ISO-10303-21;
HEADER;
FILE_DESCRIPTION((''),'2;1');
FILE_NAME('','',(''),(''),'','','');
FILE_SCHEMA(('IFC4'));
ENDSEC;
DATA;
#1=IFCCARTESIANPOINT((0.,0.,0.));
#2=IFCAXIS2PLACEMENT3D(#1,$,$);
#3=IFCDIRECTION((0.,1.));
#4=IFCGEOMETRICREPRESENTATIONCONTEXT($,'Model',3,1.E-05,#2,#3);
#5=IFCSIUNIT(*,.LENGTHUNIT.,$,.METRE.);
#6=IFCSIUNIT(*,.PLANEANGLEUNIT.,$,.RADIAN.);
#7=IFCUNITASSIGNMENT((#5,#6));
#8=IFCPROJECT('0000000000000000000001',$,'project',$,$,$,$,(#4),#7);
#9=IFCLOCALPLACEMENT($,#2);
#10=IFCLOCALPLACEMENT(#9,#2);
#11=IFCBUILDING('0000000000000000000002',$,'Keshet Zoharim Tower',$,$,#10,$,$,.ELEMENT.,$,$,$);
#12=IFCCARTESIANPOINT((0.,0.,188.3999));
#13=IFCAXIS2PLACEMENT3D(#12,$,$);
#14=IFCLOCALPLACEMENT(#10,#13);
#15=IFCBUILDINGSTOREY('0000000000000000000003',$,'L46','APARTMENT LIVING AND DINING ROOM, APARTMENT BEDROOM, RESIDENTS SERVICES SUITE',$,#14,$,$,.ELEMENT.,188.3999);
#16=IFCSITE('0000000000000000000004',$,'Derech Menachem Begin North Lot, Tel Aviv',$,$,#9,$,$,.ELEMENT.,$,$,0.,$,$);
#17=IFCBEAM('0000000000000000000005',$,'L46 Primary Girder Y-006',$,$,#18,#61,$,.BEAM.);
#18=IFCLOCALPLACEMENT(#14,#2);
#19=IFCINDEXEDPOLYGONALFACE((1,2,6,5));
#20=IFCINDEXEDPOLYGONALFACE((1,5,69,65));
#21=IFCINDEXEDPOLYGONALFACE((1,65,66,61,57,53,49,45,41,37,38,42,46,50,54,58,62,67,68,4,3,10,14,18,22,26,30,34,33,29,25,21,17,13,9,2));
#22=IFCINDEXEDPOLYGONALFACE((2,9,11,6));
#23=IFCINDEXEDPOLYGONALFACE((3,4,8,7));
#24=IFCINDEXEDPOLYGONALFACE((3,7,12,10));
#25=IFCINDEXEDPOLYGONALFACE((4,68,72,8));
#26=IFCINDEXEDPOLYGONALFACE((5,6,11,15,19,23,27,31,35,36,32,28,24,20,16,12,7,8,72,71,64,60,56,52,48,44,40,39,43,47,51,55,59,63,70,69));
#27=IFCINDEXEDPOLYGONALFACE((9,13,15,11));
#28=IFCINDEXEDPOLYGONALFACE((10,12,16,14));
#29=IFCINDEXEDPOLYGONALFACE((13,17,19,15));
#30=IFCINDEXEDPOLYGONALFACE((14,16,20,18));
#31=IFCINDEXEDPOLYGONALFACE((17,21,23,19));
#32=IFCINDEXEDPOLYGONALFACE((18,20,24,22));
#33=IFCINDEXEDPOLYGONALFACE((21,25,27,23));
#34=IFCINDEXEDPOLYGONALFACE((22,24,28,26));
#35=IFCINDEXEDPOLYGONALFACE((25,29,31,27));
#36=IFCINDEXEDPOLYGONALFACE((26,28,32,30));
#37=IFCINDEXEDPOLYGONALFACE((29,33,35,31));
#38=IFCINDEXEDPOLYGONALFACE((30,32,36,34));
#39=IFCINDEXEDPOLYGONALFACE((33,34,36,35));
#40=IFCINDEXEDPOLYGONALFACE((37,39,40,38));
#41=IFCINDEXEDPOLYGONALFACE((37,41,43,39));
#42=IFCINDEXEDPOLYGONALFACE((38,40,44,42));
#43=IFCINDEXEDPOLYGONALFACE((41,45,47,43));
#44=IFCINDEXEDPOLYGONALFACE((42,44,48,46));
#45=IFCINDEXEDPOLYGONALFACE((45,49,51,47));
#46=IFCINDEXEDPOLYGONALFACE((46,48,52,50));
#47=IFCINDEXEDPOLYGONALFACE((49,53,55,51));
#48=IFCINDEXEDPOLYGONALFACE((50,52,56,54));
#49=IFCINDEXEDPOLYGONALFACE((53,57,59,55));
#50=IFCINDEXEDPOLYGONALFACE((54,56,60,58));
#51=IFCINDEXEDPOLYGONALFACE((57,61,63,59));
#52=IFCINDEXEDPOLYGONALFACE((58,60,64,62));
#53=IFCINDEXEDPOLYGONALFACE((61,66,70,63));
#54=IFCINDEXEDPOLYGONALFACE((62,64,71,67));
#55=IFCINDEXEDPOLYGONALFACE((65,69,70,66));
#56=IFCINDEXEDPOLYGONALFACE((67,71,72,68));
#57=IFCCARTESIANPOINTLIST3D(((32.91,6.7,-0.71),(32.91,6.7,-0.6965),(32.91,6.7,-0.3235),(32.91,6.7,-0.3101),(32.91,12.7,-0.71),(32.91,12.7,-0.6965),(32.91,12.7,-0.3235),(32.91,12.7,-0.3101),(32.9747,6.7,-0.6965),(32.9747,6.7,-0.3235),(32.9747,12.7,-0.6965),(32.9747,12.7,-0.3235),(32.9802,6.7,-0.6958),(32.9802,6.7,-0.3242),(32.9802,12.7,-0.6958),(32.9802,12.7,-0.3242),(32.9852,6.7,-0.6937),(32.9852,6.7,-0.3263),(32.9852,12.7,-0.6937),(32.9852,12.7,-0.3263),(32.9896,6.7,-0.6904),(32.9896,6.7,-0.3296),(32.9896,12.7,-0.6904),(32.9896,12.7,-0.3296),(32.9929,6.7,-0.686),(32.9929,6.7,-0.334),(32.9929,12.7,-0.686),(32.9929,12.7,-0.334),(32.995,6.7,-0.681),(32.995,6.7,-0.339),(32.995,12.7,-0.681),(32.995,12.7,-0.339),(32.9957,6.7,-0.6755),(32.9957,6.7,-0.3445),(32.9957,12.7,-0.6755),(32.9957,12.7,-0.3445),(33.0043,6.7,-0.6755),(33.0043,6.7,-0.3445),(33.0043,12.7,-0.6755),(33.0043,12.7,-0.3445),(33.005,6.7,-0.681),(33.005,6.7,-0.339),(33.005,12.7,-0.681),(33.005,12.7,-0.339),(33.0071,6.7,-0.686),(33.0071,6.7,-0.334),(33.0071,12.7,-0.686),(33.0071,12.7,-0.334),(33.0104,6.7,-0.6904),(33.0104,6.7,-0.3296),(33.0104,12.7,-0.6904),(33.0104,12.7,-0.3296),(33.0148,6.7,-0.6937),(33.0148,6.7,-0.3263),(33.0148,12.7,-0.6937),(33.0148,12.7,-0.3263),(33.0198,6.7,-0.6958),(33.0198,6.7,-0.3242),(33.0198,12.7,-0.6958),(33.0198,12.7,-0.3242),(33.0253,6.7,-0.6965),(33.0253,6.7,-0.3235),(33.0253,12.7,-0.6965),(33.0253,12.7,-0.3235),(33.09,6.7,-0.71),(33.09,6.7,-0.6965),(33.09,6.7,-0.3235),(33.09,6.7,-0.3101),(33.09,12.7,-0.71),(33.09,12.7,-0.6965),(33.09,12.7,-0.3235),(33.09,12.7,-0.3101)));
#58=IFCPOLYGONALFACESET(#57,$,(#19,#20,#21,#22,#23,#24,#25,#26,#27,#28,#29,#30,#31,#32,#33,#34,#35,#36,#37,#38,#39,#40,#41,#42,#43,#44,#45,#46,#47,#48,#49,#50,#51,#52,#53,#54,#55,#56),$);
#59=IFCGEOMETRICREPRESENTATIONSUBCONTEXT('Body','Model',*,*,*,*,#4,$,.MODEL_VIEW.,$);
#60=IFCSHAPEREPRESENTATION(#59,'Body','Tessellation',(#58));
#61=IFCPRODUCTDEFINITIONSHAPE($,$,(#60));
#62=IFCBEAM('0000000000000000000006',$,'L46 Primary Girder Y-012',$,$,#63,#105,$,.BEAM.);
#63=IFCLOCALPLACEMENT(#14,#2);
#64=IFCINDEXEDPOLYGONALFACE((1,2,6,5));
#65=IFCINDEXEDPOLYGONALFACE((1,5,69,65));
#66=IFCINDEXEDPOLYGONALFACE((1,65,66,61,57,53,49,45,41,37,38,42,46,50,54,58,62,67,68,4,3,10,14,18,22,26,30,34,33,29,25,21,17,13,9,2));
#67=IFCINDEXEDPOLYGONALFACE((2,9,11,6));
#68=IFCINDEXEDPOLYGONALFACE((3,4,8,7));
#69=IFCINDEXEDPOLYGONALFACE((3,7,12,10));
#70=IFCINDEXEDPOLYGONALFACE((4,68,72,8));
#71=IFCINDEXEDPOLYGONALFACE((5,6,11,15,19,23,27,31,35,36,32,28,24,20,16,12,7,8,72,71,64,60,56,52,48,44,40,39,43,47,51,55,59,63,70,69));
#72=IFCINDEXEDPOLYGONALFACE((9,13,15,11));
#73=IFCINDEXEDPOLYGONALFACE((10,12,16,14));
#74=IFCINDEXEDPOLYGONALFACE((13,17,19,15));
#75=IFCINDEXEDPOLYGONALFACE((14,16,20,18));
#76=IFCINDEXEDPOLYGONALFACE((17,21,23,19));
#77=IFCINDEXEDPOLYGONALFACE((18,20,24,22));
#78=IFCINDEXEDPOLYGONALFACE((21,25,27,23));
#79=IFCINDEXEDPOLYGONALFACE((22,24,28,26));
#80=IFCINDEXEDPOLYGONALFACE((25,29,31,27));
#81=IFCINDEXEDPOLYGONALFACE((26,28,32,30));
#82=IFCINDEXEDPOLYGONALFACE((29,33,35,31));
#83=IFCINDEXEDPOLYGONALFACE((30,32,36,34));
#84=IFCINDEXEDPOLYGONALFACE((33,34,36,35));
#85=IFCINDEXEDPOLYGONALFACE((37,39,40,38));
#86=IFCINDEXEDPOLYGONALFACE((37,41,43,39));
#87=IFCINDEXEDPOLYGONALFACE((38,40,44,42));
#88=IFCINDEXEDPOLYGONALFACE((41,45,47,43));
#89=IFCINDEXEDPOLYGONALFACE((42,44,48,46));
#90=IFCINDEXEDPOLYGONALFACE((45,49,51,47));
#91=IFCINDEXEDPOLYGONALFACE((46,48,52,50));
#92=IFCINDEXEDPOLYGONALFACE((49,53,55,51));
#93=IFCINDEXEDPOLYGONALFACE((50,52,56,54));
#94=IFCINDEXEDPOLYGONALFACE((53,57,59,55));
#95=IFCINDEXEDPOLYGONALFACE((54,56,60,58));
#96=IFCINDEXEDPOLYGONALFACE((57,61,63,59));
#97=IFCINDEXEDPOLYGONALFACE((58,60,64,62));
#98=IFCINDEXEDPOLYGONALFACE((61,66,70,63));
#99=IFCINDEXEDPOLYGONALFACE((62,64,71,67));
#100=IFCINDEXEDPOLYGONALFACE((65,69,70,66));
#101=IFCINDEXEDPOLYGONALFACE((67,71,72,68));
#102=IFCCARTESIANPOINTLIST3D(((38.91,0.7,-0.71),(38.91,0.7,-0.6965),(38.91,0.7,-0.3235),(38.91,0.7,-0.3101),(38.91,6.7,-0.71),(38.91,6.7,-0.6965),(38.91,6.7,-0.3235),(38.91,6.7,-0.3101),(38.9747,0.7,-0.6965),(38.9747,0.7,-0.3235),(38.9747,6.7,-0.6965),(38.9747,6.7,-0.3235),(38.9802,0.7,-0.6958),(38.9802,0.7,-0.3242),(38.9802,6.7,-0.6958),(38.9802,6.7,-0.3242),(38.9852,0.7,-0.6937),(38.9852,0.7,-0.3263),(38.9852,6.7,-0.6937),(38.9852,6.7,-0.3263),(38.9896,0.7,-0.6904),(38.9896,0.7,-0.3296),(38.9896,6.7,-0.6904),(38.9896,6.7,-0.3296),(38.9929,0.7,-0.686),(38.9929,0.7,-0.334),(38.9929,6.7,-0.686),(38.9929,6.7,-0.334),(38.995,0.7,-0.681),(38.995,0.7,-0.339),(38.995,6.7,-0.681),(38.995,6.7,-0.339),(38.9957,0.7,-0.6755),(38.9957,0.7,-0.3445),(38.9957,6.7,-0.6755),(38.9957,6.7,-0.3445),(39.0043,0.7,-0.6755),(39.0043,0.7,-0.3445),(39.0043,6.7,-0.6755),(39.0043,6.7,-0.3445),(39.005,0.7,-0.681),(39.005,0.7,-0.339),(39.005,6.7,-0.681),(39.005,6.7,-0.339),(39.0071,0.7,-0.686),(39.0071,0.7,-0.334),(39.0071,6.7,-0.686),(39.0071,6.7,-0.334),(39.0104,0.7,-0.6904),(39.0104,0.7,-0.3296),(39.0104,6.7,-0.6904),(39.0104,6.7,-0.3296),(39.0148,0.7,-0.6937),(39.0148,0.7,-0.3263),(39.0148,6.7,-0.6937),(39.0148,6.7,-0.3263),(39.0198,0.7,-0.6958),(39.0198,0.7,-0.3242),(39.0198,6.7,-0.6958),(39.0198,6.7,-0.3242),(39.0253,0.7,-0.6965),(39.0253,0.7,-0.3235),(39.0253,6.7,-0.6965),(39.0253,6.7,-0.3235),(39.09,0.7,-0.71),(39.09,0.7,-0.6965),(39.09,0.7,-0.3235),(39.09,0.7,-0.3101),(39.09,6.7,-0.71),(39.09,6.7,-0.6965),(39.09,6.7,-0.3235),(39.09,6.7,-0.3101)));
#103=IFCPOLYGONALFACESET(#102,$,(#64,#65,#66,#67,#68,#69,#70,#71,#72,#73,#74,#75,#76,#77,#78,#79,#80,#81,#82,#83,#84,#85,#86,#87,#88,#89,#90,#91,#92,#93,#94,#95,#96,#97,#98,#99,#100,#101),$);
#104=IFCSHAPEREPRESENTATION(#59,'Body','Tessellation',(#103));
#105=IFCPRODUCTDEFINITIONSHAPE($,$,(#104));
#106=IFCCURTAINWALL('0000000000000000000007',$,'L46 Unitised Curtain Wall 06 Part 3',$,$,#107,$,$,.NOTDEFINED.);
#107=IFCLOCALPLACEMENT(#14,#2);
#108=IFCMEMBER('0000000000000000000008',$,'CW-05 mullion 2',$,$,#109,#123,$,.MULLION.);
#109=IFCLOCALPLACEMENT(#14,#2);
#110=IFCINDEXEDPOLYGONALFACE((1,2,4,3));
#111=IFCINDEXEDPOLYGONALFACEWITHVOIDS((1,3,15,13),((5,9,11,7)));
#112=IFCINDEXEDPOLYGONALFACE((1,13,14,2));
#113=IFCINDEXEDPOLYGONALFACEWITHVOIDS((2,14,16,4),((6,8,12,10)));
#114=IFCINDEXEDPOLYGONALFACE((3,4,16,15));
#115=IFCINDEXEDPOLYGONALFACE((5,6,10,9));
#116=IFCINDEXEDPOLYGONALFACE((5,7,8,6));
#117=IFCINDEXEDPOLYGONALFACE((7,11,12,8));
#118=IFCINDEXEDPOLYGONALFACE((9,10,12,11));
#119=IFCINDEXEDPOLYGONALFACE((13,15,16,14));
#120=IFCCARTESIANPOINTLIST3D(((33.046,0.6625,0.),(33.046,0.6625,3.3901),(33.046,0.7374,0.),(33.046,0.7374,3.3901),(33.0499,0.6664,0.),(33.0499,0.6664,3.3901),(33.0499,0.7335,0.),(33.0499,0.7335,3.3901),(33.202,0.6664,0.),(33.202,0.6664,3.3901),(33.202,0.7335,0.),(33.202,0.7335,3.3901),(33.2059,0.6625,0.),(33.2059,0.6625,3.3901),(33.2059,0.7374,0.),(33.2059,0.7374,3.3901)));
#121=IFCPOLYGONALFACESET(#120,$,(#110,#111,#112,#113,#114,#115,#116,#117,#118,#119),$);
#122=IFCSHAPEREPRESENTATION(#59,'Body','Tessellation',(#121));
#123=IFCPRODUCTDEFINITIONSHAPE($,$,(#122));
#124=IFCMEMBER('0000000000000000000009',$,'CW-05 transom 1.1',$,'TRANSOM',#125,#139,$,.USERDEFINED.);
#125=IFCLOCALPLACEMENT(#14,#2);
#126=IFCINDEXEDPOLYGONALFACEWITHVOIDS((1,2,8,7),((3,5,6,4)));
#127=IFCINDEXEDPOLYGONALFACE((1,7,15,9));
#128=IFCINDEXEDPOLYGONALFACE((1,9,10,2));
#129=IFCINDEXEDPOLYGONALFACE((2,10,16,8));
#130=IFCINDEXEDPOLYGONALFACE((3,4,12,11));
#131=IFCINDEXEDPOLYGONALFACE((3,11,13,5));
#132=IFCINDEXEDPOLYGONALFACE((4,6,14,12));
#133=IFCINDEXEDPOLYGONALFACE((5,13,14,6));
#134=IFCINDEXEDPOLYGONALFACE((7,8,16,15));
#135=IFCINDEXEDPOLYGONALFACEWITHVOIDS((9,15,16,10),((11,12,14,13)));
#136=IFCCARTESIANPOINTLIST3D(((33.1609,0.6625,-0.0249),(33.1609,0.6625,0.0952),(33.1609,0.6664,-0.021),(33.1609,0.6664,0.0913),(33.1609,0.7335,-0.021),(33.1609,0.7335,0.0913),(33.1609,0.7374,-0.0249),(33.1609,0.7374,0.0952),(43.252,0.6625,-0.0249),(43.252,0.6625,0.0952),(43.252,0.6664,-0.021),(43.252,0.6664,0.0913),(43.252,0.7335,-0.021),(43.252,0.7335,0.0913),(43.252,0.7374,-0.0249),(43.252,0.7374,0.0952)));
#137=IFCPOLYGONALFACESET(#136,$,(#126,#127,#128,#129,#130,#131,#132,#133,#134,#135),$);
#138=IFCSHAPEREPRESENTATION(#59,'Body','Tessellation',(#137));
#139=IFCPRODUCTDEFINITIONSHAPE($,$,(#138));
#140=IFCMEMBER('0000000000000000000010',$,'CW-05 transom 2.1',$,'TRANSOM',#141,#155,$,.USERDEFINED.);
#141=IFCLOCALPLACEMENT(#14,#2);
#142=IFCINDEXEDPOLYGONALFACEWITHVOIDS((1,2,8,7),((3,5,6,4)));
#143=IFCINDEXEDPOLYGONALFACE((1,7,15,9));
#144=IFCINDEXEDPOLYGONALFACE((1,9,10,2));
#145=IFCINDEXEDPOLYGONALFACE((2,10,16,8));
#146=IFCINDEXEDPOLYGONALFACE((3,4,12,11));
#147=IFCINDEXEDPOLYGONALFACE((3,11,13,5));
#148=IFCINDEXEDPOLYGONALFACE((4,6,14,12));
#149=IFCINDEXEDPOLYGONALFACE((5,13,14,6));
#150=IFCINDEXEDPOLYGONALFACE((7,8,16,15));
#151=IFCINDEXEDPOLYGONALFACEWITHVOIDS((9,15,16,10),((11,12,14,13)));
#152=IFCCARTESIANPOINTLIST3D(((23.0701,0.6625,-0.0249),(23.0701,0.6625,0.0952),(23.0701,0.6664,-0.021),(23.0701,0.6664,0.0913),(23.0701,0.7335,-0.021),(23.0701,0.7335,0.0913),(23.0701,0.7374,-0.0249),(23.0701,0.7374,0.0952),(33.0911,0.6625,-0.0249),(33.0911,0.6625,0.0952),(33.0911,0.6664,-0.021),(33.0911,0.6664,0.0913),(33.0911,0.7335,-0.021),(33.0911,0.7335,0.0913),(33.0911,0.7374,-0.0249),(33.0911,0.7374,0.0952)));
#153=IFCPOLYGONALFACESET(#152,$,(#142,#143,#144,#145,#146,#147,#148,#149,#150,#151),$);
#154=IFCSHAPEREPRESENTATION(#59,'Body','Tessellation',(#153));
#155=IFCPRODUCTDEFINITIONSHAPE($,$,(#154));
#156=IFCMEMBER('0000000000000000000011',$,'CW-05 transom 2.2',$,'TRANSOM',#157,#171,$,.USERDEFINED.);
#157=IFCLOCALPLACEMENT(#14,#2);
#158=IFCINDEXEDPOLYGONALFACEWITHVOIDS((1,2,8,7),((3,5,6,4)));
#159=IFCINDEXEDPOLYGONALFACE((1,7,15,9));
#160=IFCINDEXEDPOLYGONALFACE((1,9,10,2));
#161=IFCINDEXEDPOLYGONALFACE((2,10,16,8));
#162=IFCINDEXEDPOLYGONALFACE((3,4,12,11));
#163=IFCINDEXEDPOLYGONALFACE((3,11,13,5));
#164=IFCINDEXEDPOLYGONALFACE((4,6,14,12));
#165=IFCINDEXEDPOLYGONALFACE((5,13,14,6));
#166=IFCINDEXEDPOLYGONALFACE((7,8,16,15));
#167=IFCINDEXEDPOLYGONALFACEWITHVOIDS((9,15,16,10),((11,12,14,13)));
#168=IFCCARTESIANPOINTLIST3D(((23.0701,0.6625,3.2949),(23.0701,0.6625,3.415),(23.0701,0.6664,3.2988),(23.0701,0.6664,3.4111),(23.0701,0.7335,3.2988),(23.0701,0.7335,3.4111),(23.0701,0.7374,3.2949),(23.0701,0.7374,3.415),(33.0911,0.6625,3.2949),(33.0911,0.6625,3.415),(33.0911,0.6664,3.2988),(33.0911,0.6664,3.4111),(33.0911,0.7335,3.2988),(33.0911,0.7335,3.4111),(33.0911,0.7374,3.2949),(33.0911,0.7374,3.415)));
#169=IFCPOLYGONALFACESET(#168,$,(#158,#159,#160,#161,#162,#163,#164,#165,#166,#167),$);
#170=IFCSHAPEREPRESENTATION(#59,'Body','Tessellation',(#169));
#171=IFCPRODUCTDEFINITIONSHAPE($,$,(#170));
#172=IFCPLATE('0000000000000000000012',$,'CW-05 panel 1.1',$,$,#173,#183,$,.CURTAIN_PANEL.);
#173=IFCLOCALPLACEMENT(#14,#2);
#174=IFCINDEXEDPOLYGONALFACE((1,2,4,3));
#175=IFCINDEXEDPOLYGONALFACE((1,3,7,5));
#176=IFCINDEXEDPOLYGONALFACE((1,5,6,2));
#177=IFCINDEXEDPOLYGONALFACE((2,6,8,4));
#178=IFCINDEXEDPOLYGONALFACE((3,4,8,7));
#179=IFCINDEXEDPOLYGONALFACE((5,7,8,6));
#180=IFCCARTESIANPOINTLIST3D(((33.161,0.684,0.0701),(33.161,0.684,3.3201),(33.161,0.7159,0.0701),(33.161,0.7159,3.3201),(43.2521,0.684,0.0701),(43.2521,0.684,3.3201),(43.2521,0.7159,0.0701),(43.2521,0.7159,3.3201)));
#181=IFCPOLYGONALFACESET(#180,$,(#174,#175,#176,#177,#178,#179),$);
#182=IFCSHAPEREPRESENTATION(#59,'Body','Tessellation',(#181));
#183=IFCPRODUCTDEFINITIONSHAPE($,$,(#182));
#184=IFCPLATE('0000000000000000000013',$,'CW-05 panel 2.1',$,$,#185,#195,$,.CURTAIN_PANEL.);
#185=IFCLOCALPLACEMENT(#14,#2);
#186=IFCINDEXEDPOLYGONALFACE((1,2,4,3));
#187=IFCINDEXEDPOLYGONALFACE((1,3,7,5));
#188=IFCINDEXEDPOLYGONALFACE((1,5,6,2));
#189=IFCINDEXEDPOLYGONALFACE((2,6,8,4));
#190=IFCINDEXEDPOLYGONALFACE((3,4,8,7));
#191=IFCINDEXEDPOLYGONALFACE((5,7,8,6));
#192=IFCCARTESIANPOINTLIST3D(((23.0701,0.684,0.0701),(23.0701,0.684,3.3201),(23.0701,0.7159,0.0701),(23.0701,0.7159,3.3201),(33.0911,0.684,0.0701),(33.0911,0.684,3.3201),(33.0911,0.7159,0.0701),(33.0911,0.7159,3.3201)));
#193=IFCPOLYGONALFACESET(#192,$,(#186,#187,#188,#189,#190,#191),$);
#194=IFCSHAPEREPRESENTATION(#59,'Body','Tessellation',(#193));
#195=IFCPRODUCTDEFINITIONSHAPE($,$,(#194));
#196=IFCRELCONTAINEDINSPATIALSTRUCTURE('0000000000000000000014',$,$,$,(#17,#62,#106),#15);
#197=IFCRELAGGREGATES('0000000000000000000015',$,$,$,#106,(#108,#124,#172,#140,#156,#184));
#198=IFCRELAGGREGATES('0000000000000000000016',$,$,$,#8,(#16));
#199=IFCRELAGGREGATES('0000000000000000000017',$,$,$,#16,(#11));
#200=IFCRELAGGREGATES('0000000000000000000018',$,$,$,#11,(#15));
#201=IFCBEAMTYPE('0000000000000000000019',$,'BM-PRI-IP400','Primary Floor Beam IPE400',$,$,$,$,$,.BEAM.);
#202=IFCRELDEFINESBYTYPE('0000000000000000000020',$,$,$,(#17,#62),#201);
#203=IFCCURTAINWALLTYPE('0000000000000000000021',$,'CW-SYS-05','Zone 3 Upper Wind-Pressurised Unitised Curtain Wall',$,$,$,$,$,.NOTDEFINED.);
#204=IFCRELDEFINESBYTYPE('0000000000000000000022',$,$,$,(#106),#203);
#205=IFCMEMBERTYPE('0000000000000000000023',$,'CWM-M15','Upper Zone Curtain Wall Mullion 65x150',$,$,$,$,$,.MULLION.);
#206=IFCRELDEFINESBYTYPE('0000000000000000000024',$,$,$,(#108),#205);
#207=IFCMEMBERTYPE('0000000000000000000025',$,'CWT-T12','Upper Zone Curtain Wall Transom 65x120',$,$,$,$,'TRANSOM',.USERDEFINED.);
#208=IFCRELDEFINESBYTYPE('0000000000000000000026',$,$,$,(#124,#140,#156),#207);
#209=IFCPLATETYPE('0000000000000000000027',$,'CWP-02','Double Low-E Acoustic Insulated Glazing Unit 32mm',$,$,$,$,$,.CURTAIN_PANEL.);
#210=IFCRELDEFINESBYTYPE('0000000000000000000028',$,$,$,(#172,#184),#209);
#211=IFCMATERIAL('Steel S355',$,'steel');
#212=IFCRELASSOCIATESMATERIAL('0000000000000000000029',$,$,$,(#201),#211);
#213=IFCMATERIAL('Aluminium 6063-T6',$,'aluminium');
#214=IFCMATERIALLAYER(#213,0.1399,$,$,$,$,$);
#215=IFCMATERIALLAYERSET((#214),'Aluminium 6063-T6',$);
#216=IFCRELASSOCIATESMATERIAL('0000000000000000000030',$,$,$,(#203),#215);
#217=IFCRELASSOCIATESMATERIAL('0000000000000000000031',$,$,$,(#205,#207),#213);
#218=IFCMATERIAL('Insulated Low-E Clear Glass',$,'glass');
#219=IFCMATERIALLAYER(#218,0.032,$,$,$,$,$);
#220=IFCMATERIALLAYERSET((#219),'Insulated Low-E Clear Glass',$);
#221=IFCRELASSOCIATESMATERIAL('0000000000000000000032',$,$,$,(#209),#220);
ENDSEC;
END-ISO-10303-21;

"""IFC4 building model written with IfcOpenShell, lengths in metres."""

from ifc_helpers import new_model, si_unit, direction, frame, origin, origin_2d, place, context, subcontext, project, spatial, rectangle, hollow_rectangle, i_section, extrude, material, layer, layer_set, material_profile, profile_set, type_object, element, aggregate, save


model = new_model("IFC4")

# Units and contexts
model_context = context("Model", 3, precision=1e-05, world=origin(), true_north=direction((0.0, 1.0)))
body_context = subcontext(model_context, "Body", "Model", "MODEL_VIEW")
ifc_project = project(units=[si_unit("LENGTHUNIT", "METRE"), si_unit("PLANEANGLEUNIT", "RADIAN")], contexts=[model_context])

# Site, building, storey
site_placement = place(None, origin())
site = spatial("IfcSite", under=ifc_project, at=site_placement, Name="Derech Menachem Begin North Lot, Tel Aviv", CompositionType="ELEMENT", RefElevation=0.0)
building_placement = place(site_placement, origin())
building = spatial("IfcBuilding", under=site, at=building_placement, Name="Keshet Zoharim Tower", CompositionType="ELEMENT")
storey_placement = place(building_placement, frame((0.0, 0.0, 188.3999)))
storey = spatial("IfcBuildingStorey", under=building, at=storey_placement, Name="L46", Description="APARTMENT LIVING AND DINING ROOM, APARTMENT BEDROOM, RESIDENTS SERVICES SUITE", CompositionType="ELEMENT", Elevation=188.3999)

# Shared definitions
ifc_material_1 = material(Name="Steel S355", Category="steel")

# Beams
ifc_material_profile_1 = material_profile(ifc_material_1, i_section(OverallWidth=0.1799, OverallDepth=0.3999, WebThickness=0.0085, FlangeThickness=0.0134, FilletRadius=0.021, at=origin_2d()), Name="IPE400")
ifc_profile_set_1 = profile_set([ifc_material_profile_1], Name="Steel S355")
beam_type_1 = type_object("IfcBeamType", Name="BM-PRI-IP400", Description="Primary Floor Beam IPE400", PredefinedType="BEAM", material=ifc_profile_set_1)
for number, where, z_axis, x_axis, name in (
    (1, (33.0, 6.7, -0.51), (0.0, 1.0, 0.0), (-1.0, 0.0, 0.0), "L46 Primary Girder Y-006"),
    (2, (39.0, 0.7, -0.51), (0.0, 1.0, 0.0), (-1.0, 0.0, 0.0), "L46 Primary Girder Y-012"),
):
    element("IfcBeam", number, at=place(storey_placement, frame(where, z_axis=z_axis, x_axis=x_axis)), inside=storey, type_object=beam_type_1, Name=name, PredefinedType="BEAM", context=body_context, shape_type="SweptSolid", body=[
        extrude(i_section(OverallWidth=0.1799, OverallDepth=0.3999, WebThickness=0.0085, FlangeThickness=0.0134, FilletRadius=0.021, at=origin_2d()), origin(), (0.0, 0.0, 1.0), 6.0),
    ])

# Curtain wall, members, plates
ifc_material_2 = material(Name="Aluminium 6063-T6", Category="aluminium")
ifc_layer_1 = layer(ifc_material_2, 0.1399)
ifc_layer_set_1 = layer_set([ifc_layer_1], Name="Aluminium 6063-T6")
curtain_wall_type = type_object("IfcCurtainWallType", Name="CW-SYS-05", Description="Zone 3 Upper Wind-Pressurised Unitised Curtain Wall", PredefinedType="NOTDEFINED", material=ifc_layer_set_1)
curtain_wall_placement = place(storey_placement, origin())
curtain_wall = element("IfcCurtainWall", 3, at=curtain_wall_placement, inside=storey, type_object=curtain_wall_type, Name="L46 Unitised Curtain Wall 06 Part 3", PredefinedType="NOTDEFINED")
ifc_material_profile_2 = material_profile(ifc_material_2, hollow_rectangle(XDim=0.075, YDim=0.1599, WallThickness=0.0039, at=origin_2d()), Name="MUL-75x160")
ifc_profile_set_2 = profile_set([ifc_material_profile_2], Name="Aluminium 6063-T6")
member_type_1 = type_object("IfcMemberType", Name="CWM-M15", Description="Upper Zone Curtain Wall Mullion 65x150", PredefinedType="MULLION", material=ifc_profile_set_2)
member_1_placement = place(storey_placement, frame((33.126, 0.7, 0.0), z_axis=(0.0, 0.0, 1.0), x_axis=(0.0, -1.0, 0.0)))
member_1 = element("IfcMember", 4, at=member_1_placement, type_object=member_type_1, Name="CW-05 mullion 2", PredefinedType="MULLION", context=body_context, shape_type="SweptSolid", body=[
    extrude(hollow_rectangle(XDim=0.075, YDim=0.1599, WallThickness=0.0039, at=origin_2d()), origin(), (0.0, 0.0, 1.0), 3.3901),
])
ifc_material_profile_3 = material_profile(ifc_material_2, hollow_rectangle(XDim=0.075, YDim=0.1201, WallThickness=0.0039, at=origin_2d()), Name="TRN-75x120")
ifc_profile_set_3 = profile_set([ifc_material_profile_3], Name="Aluminium 6063-T6")
member_type_2 = type_object("IfcMemberType", Name="CWT-T12", Description="Upper Zone Curtain Wall Transom 65x120", ElementType="TRANSOM", PredefinedType="USERDEFINED", material=ifc_profile_set_3)
member_2_placement = place(storey_placement, frame((43.252, 0.7, 0.0352), z_axis=(-1.0, 0.0, 0.0), x_axis=(0.0, -1.0, 0.0)))
member_2 = element("IfcMember", 5, at=member_2_placement, type_object=member_type_2, Name="CW-05 transom 1.1", ObjectType="TRANSOM", PredefinedType="USERDEFINED", context=body_context, shape_type="SweptSolid", body=[
    extrude(hollow_rectangle(XDim=0.075, YDim=0.1201, WallThickness=0.0039, at=origin_2d()), origin(), (0.0, 0.0, 1.0), 10.0911),
])
member_3_placement = place(storey_placement, frame((33.0911, 0.7, 0.0352), z_axis=(-1.0, 0.0, 0.0), x_axis=(0.0, -1.0, 0.0)))
member_3 = element("IfcMember", 6, at=member_3_placement, type_object=member_type_2, Name="CW-05 transom 2.1", ObjectType="TRANSOM", PredefinedType="USERDEFINED", context=body_context, shape_type="SweptSolid", body=[
    extrude(hollow_rectangle(XDim=0.075, YDim=0.1201, WallThickness=0.0039, at=origin_2d()), origin(), (0.0, 0.0, 1.0), 10.021),
])
member_4_placement = place(storey_placement, frame((33.0911, 0.7, 3.355), z_axis=(-1.0, 0.0, 0.0), x_axis=(0.0, -1.0, 0.0)))
member_4 = element("IfcMember", 7, at=member_4_placement, type_object=member_type_2, Name="CW-05 transom 2.2", ObjectType="TRANSOM", PredefinedType="USERDEFINED", context=body_context, shape_type="SweptSolid", body=[
    extrude(hollow_rectangle(XDim=0.075, YDim=0.1201, WallThickness=0.0039, at=origin_2d()), origin(), (0.0, 0.0, 1.0), 10.021),
])
ifc_material_3 = material(Name="Insulated Low-E Clear Glass", Category="glass")
ifc_layer_2 = layer(ifc_material_3, 0.032)
ifc_layer_set_2 = layer_set([ifc_layer_2], Name="Insulated Low-E Clear Glass")
plate_type = type_object("IfcPlateType", Name="CWP-02", Description="Double Low-E Acoustic Insulated Glazing Unit 32mm", PredefinedType="CURTAIN_PANEL", material=ifc_layer_set_2)
plate_1_placement = place(storey_placement, frame((38.2065, 0.7, 0.0701), z_axis=(0.0, 0.0, 1.0), x_axis=(-1.0, 0.0, 0.0)))
plate_1 = element("IfcPlate", 8, at=plate_1_placement, type_object=plate_type, Name="CW-05 panel 1.1", PredefinedType="CURTAIN_PANEL", context=body_context, shape_type="SweptSolid", body=[
    extrude(rectangle(XDim=10.0911, YDim=0.032, at=origin_2d()), origin(), (0.0, 0.0, 1.0), 3.25),
])
plate_2_placement = place(storey_placement, frame((28.0806, 0.7, 0.0701), z_axis=(0.0, 0.0, 1.0), x_axis=(-1.0, 0.0, 0.0)))
plate_2 = element("IfcPlate", 9, at=plate_2_placement, type_object=plate_type, Name="CW-05 panel 2.1", PredefinedType="CURTAIN_PANEL", context=body_context, shape_type="SweptSolid", body=[
    extrude(rectangle(XDim=10.021, YDim=0.032, at=origin_2d()), origin(), (0.0, 0.0, 1.0), 3.25),
])
aggregate(curtain_wall, [member_1, member_2, plate_1, member_3, member_4, plate_2])

save(model, "model.ifc")
